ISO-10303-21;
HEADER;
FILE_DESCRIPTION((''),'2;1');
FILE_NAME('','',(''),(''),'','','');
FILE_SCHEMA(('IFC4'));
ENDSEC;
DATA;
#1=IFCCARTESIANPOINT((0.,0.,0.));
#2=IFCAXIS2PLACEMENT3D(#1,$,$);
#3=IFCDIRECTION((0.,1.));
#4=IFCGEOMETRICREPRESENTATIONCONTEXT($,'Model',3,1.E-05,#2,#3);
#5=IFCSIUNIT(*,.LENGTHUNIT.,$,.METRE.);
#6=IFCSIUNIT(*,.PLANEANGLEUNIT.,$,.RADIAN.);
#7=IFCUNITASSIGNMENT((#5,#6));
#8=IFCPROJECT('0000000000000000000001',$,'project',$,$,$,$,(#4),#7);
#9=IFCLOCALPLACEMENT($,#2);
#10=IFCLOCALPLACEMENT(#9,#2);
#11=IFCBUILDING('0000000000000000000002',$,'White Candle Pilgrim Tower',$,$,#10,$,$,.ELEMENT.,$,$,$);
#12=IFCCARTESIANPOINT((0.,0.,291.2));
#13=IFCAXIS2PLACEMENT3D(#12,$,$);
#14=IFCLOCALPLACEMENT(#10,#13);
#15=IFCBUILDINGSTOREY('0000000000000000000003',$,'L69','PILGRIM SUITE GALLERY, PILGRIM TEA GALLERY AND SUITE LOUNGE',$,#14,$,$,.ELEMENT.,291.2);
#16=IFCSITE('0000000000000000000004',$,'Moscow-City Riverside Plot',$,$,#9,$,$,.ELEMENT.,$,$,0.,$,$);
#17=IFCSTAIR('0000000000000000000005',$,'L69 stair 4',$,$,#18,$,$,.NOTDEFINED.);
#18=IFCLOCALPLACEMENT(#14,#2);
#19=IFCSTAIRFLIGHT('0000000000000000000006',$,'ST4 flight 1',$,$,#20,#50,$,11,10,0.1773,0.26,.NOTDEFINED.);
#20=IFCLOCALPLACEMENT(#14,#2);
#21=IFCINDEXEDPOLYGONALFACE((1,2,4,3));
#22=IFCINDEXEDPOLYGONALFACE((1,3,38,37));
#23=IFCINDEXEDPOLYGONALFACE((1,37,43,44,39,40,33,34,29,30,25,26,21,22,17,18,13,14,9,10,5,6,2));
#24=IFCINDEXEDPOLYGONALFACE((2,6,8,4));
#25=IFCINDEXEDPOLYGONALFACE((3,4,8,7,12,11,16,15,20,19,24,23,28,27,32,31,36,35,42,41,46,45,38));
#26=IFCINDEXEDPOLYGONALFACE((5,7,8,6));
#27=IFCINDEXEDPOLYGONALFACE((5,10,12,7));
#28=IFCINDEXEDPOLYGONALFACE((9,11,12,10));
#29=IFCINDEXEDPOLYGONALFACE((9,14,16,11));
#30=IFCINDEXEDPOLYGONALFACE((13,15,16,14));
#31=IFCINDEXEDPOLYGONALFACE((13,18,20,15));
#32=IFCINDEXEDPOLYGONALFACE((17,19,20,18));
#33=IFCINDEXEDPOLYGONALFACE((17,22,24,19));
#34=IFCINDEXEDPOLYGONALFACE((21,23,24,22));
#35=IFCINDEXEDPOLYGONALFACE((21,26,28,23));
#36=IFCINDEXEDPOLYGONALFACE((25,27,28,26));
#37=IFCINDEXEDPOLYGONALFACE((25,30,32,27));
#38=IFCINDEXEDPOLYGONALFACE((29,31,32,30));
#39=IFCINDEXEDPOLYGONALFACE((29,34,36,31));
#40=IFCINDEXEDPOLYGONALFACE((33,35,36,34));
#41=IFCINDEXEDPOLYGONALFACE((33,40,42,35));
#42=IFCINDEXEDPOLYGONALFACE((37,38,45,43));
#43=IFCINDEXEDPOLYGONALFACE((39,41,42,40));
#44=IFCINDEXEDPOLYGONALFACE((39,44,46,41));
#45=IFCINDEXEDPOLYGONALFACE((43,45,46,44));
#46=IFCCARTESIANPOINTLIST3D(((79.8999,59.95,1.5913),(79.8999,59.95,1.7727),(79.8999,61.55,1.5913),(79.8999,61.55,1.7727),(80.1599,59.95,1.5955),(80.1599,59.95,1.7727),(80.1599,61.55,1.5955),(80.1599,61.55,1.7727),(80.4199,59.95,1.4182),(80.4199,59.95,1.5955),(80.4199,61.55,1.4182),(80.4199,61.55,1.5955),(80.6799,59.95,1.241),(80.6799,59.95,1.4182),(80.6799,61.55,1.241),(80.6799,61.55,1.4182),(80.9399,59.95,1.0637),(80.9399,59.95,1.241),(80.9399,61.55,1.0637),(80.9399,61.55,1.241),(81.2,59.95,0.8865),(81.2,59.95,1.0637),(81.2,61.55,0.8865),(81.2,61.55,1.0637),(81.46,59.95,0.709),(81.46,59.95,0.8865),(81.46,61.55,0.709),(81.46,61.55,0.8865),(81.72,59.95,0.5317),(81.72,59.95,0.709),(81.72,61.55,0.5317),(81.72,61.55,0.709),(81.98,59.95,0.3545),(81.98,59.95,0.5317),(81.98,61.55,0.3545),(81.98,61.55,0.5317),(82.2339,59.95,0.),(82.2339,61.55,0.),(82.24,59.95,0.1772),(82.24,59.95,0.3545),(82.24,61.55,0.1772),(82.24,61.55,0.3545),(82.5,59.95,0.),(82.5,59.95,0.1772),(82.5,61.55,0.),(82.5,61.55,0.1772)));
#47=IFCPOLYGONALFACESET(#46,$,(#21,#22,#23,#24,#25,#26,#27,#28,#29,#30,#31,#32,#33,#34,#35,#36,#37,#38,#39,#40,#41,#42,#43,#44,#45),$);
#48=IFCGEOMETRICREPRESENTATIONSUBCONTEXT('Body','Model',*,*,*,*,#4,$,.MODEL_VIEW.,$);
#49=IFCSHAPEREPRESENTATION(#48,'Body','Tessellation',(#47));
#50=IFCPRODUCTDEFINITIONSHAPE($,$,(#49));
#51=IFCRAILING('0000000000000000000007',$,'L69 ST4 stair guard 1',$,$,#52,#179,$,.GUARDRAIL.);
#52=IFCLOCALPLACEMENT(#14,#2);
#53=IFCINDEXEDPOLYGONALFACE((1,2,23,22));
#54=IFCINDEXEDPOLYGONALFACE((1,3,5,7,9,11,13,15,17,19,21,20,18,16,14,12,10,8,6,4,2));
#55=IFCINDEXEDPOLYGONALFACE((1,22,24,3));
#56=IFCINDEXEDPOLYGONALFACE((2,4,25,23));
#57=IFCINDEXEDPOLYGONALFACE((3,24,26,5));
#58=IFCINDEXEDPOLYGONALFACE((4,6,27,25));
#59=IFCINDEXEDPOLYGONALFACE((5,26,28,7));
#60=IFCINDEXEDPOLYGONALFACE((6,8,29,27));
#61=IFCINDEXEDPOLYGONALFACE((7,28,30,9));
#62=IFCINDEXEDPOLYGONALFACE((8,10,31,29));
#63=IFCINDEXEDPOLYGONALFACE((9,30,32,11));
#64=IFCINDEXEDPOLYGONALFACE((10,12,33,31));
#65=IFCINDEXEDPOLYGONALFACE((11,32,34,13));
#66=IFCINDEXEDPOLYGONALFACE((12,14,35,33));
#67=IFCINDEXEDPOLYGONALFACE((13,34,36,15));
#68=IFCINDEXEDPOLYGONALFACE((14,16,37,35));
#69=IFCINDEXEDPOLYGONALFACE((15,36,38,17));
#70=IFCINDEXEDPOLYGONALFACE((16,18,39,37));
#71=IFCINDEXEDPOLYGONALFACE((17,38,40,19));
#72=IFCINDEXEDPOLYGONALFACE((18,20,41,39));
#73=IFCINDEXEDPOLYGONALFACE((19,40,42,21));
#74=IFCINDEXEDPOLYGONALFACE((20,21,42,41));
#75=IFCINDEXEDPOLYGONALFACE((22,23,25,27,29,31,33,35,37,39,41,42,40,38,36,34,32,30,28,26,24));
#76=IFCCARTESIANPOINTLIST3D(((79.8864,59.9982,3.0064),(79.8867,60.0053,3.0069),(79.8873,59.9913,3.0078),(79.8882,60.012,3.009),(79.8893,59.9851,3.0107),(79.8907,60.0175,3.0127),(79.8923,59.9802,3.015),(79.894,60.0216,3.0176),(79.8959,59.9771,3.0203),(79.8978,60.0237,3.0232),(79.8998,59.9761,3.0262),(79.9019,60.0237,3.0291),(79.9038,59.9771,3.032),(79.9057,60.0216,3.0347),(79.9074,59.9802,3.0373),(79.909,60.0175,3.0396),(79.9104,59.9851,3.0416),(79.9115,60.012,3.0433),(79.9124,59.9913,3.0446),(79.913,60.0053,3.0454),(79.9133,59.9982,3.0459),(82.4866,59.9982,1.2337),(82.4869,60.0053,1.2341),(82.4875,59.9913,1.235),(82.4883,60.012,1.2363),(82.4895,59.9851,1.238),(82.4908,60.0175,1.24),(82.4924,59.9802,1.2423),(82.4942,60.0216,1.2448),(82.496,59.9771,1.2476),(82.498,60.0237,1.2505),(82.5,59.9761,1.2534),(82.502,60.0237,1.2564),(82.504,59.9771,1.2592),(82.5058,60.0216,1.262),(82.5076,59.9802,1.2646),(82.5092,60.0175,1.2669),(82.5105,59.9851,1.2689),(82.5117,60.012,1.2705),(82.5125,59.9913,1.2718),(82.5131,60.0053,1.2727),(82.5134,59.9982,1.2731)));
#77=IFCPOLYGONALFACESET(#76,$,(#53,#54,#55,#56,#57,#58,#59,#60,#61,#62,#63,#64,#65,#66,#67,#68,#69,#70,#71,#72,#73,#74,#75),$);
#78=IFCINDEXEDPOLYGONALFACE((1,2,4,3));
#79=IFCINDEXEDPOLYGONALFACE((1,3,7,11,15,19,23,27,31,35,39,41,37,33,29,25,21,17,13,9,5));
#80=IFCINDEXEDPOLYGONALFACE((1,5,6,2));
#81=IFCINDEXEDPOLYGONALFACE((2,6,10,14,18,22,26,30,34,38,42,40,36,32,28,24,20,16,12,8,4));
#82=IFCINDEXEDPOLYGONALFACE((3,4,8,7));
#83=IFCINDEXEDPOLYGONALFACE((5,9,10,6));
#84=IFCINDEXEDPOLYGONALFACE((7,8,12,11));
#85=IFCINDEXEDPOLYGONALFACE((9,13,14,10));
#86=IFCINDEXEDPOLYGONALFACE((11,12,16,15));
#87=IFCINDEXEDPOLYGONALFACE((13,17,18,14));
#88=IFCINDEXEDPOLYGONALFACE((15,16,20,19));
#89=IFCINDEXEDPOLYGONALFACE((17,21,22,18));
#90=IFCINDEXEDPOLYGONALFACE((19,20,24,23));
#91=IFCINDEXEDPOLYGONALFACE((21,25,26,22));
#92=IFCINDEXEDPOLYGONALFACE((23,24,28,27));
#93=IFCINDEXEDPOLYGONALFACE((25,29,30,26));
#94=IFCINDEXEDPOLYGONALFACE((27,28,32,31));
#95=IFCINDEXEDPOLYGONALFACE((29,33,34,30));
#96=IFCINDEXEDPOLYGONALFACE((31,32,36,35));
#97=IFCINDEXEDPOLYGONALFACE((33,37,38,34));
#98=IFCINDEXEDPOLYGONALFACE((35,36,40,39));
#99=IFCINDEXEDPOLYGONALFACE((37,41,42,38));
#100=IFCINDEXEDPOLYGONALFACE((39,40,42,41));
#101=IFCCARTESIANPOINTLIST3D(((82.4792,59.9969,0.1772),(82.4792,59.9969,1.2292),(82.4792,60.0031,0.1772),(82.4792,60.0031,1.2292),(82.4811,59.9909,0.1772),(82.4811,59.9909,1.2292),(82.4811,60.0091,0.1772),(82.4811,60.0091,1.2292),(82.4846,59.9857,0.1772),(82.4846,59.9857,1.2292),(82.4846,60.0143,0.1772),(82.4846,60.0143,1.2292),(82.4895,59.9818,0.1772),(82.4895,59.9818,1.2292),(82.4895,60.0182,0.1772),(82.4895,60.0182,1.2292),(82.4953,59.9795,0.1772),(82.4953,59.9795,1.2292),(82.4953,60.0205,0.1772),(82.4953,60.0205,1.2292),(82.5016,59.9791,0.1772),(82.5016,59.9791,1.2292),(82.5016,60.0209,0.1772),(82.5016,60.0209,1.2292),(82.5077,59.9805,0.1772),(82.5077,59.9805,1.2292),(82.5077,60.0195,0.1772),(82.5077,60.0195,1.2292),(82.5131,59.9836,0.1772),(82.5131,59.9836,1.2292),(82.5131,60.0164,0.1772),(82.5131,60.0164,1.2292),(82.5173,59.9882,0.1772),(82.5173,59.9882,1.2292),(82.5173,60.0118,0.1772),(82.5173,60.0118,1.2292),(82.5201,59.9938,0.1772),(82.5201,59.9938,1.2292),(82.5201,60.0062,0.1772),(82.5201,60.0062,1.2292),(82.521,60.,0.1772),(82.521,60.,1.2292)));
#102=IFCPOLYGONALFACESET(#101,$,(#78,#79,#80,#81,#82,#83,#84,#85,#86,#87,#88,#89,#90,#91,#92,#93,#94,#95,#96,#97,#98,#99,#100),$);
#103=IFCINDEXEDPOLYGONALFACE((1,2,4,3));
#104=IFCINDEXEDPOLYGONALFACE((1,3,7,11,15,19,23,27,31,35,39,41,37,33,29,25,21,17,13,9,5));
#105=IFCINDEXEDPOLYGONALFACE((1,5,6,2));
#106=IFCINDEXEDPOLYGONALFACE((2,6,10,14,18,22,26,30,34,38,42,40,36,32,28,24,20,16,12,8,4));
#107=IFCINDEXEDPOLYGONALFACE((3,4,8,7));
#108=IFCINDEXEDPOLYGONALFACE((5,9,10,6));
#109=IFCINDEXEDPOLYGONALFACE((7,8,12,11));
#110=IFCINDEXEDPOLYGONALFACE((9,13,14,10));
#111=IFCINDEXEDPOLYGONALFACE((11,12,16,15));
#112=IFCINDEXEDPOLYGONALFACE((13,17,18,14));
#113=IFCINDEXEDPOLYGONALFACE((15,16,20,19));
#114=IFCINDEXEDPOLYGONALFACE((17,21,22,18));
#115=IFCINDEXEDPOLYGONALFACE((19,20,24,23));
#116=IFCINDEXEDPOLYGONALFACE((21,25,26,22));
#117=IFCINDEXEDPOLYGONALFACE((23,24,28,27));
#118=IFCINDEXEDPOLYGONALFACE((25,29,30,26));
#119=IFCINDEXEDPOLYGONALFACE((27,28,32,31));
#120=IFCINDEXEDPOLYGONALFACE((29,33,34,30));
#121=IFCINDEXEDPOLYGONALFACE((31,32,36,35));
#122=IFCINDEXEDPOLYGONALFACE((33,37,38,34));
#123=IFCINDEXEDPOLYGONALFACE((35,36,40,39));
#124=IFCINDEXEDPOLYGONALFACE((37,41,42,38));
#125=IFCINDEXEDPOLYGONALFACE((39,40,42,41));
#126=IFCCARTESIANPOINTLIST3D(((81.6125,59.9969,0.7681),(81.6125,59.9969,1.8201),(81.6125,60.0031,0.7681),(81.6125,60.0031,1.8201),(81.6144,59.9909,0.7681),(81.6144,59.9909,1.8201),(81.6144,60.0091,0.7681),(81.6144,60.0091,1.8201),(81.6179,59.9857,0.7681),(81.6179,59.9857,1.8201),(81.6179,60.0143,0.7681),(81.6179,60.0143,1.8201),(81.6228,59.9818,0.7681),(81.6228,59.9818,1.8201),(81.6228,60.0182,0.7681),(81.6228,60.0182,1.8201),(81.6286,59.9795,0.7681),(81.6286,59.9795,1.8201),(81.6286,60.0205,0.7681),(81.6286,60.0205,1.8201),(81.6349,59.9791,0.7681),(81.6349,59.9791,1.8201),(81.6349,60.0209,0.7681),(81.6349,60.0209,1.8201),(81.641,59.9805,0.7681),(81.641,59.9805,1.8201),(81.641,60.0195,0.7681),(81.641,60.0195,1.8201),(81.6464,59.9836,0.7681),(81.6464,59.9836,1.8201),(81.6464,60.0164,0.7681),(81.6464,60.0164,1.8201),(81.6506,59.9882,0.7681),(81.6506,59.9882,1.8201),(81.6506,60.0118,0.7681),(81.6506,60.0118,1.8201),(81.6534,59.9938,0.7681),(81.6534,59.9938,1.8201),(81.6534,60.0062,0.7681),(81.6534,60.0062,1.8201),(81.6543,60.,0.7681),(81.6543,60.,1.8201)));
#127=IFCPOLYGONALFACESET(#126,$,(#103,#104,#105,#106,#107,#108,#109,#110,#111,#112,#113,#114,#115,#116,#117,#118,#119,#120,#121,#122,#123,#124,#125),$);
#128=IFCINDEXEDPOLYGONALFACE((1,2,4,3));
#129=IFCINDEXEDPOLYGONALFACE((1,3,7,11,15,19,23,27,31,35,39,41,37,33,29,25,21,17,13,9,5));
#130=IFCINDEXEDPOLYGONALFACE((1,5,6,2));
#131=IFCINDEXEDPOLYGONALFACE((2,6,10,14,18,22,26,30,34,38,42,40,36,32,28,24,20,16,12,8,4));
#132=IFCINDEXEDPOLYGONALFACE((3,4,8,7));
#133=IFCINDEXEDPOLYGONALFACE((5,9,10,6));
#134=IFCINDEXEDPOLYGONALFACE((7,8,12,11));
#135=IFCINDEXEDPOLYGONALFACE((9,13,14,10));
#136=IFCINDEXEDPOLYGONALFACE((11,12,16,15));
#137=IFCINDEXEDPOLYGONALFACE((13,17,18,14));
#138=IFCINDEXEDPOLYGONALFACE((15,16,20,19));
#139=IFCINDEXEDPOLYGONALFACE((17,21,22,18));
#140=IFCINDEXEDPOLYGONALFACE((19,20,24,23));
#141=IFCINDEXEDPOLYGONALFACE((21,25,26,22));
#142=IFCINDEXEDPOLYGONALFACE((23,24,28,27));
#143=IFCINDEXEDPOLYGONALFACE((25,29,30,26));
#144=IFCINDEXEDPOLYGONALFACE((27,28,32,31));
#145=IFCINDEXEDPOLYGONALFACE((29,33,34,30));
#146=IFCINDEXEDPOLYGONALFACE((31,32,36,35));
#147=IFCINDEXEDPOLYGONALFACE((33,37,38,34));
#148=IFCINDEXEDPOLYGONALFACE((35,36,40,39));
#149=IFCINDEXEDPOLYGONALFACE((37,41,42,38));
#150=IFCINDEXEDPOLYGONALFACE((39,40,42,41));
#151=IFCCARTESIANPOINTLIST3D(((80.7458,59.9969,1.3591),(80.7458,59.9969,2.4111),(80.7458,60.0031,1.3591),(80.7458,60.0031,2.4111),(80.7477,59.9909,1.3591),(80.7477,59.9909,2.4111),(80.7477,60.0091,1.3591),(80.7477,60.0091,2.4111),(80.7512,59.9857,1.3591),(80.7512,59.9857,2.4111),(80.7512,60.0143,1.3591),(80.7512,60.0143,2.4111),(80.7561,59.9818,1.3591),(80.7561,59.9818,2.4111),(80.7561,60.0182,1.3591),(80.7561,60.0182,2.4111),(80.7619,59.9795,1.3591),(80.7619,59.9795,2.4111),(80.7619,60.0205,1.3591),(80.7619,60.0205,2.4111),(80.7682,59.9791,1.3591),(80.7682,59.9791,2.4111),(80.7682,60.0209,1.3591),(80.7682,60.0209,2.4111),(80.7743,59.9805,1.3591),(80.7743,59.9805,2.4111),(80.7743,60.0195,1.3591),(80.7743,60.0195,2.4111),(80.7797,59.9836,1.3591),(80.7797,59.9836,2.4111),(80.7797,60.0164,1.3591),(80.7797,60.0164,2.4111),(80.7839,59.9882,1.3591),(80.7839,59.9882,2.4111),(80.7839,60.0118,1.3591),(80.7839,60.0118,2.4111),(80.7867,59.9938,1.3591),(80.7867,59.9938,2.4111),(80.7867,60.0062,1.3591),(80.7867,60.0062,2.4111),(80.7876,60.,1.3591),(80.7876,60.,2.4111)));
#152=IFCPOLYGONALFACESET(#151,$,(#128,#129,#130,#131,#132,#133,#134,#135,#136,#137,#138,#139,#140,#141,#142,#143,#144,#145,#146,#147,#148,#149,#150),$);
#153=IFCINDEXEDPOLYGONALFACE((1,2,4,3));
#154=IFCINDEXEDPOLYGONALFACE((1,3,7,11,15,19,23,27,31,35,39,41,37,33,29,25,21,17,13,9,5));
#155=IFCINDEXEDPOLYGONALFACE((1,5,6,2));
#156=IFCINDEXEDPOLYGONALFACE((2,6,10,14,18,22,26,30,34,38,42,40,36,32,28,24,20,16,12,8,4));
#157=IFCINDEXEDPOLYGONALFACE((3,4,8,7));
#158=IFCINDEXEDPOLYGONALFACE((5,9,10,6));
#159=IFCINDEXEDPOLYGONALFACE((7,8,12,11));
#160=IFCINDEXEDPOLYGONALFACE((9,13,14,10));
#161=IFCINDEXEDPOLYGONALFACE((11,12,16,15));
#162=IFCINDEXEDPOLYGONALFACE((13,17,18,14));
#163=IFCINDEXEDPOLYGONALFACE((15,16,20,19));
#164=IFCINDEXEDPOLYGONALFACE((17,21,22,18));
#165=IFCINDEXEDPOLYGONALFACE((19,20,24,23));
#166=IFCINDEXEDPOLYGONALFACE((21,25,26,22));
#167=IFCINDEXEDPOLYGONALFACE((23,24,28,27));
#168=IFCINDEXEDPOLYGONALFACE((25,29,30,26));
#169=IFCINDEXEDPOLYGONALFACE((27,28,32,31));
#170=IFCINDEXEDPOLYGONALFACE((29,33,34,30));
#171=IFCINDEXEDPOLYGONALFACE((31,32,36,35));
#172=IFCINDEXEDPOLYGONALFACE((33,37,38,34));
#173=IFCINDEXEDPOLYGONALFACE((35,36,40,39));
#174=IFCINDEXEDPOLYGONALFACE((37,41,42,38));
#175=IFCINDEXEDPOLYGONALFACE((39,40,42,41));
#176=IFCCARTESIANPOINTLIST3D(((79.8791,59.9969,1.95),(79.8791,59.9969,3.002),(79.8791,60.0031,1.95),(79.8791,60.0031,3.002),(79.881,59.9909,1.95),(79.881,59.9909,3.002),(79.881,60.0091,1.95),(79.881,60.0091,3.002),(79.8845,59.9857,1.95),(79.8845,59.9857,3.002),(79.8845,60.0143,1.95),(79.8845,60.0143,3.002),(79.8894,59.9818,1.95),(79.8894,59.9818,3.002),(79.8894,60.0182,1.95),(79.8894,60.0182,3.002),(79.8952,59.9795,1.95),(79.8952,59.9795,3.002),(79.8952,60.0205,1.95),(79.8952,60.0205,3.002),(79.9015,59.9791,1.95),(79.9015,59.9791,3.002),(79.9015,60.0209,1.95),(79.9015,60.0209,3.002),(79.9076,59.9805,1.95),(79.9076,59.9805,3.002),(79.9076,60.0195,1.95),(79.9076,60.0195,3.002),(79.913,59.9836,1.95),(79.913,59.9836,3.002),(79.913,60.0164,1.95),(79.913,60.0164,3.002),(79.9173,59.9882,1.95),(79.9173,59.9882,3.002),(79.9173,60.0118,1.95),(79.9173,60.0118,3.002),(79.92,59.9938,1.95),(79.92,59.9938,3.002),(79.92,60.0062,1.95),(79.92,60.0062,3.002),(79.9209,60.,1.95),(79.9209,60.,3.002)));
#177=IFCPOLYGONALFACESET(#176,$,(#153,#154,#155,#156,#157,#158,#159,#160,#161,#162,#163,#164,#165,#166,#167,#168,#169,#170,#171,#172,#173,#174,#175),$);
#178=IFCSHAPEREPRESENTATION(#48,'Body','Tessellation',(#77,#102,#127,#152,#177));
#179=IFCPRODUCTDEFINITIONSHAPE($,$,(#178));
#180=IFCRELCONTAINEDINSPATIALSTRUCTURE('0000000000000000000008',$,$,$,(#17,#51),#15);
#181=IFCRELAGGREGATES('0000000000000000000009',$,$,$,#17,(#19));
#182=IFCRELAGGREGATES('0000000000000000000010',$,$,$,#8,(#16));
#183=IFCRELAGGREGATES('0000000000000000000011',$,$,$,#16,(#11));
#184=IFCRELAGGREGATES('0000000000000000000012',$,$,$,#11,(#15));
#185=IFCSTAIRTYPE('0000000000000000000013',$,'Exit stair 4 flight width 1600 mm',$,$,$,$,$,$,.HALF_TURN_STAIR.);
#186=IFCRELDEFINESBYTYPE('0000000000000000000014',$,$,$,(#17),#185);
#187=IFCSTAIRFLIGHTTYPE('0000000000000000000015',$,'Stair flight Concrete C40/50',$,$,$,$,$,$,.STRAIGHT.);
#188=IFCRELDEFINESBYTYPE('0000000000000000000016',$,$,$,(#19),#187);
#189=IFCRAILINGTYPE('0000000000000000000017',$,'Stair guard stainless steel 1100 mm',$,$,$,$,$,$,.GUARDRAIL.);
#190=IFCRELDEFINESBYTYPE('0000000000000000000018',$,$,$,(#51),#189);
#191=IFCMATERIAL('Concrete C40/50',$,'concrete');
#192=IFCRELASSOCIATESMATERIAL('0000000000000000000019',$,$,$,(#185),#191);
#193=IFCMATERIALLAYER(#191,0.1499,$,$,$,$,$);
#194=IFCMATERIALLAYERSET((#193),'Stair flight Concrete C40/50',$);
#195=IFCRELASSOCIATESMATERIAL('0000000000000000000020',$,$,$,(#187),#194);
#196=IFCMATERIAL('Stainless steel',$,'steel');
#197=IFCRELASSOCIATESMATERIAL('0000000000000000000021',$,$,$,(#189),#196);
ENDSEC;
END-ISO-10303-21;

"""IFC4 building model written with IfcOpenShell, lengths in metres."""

from ifc_helpers import new_model, si_unit, direction, frame, origin, origin_2d, place, context, subcontext, project, spatial, polyline, circle, outline, extrude, material, layer, layer_set, type_object, element, aggregate, save


model = new_model("IFC4")

# Units and contexts
model_context = context("Model", 3, precision=1e-05, world=origin(), true_north=direction((0.0, 1.0)))
body_context = subcontext(model_context, "Body", "Model", "MODEL_VIEW")
ifc_project = project(units=[si_unit("LENGTHUNIT", "METRE"), si_unit("PLANEANGLEUNIT", "RADIAN")], contexts=[model_context])

# Site, building, storey
site_placement = place(None, origin())
site = spatial("IfcSite", under=ifc_project, at=site_placement, Name="Moscow-City Riverside Plot", CompositionType="ELEMENT", RefElevation=0.0)
building_placement = place(site_placement, origin())
building = spatial("IfcBuilding", under=site, at=building_placement, Name="White Candle Pilgrim Tower", CompositionType="ELEMENT")
storey_placement = place(building_placement, frame((0.0, 0.0, 291.2)))
storey = spatial("IfcBuildingStorey", under=building, at=storey_placement, Name="L69", Description="PILGRIM SUITE GALLERY, PILGRIM TEA GALLERY AND SUITE LOUNGE", CompositionType="ELEMENT", Elevation=291.2)

# Stair, stair flight
ifc_material_1 = material(Name="Concrete C40/50", Category="concrete")
stair_type = type_object("IfcStairType", Name="Exit stair 4 flight width 1600 mm", PredefinedType="HALF_TURN_STAIR", material=ifc_material_1)
stair_placement = place(storey_placement, origin())
stair = element("IfcStair", 1, at=stair_placement, inside=storey, type_object=stair_type, Name="L69 stair 4", PredefinedType="NOTDEFINED")
ifc_layer_1 = layer(ifc_material_1, 0.1499)
ifc_layer_set_1 = layer_set([ifc_layer_1], Name="Stair flight Concrete C40/50")
stair_flight_type = type_object("IfcStairFlightType", Name="Stair flight Concrete C40/50", PredefinedType="STRAIGHT", material=ifc_layer_set_1)
stair_flight_placement = place(storey_placement, frame((82.5, 60.75, 0.0), z_axis=(0.0, 0.0, 1.0), x_axis=(-1.0, 0.0, 0.0)))
stair_flight = element("IfcStairFlight", 2, at=stair_flight_placement, type_object=stair_flight_type, Name="ST4 flight 1", NumberOfRisers=11, NumberOfTreads=10, PredefinedType="NOTDEFINED", RiserHeight=0.1773, TreadLength=0.26, context=body_context, shape_type="SweptSolid", body=[
    extrude(outline(polyline([(0.0, 0.0), (0.0, 0.1772), (0.26, 0.1772), (0.26, 0.3545), (0.52, 0.3545), (0.52, 0.5317), (0.78, 0.5317), (0.78, 0.709), (1.04, 0.709), (1.04, 0.8865), (1.3, 0.8865), (1.3, 1.0637), (1.5601, 1.0637), (1.5601, 1.241), (1.8201, 1.241), (1.8201, 1.4182), (2.0801, 1.4182), (2.0801, 1.5955), (2.3401, 1.5955), (2.3401, 1.7727), (2.6001, 1.7727), (2.6001, 1.95), (2.6001, 1.5913), (0.2661, 0.0), (0.0, 0.0)])), frame((0.0, 0.8, 0.0), z_axis=(0.0, -1.0, 0.0), x_axis=(1.0, 0.0, 0.0)), (0.0, 0.0, 1.0), 1.6001),
])
aggregate(stair, [stair_flight])

# Railing
ifc_material_2 = material(Name="Stainless steel", Category="steel")
railing_type = type_object("IfcRailingType", Name="Stair guard stainless steel 1100 mm", PredefinedType="GUARDRAIL", material=ifc_material_2)
railing_1_placement = place(storey_placement, frame((82.5, 60.0, 0.1772)))
element("IfcRailing", 3, at=railing_1_placement, inside=storey, type_object=railing_type, Name="L69 ST4 stair guard 1", PredefinedType="GUARDRAIL", context=body_context, shape_type="SweptSolid", body=[
    extrude(circle(Radius=0.0239, at=origin_2d()), frame((0.0, 0.0, 1.0762), z_axis=(-0.82624, 0.0, 0.563318), x_axis=(0.0, -1.0, 0.0)), (0.0, 0.0, 1.0), 3.147),
    extrude(circle(Radius=0.021, at=origin_2d()), origin(), (0.0, 0.0, 1.0), 1.052),
    extrude(circle(Radius=0.021, at=origin_2d()), frame((-0.8667, 0.0, 0.5908)), (0.0, 0.0, 1.0), 1.052),
    extrude(circle(Radius=0.021, at=origin_2d()), frame((-1.7334, 0.0, 1.1819)), (0.0, 0.0, 1.0), 1.052),
    extrude(circle(Radius=0.021, at=origin_2d()), frame((-2.6001, 0.0, 1.7727)), (0.0, 0.0, 1.0), 1.052),
])

save(model, "model.ifc")
